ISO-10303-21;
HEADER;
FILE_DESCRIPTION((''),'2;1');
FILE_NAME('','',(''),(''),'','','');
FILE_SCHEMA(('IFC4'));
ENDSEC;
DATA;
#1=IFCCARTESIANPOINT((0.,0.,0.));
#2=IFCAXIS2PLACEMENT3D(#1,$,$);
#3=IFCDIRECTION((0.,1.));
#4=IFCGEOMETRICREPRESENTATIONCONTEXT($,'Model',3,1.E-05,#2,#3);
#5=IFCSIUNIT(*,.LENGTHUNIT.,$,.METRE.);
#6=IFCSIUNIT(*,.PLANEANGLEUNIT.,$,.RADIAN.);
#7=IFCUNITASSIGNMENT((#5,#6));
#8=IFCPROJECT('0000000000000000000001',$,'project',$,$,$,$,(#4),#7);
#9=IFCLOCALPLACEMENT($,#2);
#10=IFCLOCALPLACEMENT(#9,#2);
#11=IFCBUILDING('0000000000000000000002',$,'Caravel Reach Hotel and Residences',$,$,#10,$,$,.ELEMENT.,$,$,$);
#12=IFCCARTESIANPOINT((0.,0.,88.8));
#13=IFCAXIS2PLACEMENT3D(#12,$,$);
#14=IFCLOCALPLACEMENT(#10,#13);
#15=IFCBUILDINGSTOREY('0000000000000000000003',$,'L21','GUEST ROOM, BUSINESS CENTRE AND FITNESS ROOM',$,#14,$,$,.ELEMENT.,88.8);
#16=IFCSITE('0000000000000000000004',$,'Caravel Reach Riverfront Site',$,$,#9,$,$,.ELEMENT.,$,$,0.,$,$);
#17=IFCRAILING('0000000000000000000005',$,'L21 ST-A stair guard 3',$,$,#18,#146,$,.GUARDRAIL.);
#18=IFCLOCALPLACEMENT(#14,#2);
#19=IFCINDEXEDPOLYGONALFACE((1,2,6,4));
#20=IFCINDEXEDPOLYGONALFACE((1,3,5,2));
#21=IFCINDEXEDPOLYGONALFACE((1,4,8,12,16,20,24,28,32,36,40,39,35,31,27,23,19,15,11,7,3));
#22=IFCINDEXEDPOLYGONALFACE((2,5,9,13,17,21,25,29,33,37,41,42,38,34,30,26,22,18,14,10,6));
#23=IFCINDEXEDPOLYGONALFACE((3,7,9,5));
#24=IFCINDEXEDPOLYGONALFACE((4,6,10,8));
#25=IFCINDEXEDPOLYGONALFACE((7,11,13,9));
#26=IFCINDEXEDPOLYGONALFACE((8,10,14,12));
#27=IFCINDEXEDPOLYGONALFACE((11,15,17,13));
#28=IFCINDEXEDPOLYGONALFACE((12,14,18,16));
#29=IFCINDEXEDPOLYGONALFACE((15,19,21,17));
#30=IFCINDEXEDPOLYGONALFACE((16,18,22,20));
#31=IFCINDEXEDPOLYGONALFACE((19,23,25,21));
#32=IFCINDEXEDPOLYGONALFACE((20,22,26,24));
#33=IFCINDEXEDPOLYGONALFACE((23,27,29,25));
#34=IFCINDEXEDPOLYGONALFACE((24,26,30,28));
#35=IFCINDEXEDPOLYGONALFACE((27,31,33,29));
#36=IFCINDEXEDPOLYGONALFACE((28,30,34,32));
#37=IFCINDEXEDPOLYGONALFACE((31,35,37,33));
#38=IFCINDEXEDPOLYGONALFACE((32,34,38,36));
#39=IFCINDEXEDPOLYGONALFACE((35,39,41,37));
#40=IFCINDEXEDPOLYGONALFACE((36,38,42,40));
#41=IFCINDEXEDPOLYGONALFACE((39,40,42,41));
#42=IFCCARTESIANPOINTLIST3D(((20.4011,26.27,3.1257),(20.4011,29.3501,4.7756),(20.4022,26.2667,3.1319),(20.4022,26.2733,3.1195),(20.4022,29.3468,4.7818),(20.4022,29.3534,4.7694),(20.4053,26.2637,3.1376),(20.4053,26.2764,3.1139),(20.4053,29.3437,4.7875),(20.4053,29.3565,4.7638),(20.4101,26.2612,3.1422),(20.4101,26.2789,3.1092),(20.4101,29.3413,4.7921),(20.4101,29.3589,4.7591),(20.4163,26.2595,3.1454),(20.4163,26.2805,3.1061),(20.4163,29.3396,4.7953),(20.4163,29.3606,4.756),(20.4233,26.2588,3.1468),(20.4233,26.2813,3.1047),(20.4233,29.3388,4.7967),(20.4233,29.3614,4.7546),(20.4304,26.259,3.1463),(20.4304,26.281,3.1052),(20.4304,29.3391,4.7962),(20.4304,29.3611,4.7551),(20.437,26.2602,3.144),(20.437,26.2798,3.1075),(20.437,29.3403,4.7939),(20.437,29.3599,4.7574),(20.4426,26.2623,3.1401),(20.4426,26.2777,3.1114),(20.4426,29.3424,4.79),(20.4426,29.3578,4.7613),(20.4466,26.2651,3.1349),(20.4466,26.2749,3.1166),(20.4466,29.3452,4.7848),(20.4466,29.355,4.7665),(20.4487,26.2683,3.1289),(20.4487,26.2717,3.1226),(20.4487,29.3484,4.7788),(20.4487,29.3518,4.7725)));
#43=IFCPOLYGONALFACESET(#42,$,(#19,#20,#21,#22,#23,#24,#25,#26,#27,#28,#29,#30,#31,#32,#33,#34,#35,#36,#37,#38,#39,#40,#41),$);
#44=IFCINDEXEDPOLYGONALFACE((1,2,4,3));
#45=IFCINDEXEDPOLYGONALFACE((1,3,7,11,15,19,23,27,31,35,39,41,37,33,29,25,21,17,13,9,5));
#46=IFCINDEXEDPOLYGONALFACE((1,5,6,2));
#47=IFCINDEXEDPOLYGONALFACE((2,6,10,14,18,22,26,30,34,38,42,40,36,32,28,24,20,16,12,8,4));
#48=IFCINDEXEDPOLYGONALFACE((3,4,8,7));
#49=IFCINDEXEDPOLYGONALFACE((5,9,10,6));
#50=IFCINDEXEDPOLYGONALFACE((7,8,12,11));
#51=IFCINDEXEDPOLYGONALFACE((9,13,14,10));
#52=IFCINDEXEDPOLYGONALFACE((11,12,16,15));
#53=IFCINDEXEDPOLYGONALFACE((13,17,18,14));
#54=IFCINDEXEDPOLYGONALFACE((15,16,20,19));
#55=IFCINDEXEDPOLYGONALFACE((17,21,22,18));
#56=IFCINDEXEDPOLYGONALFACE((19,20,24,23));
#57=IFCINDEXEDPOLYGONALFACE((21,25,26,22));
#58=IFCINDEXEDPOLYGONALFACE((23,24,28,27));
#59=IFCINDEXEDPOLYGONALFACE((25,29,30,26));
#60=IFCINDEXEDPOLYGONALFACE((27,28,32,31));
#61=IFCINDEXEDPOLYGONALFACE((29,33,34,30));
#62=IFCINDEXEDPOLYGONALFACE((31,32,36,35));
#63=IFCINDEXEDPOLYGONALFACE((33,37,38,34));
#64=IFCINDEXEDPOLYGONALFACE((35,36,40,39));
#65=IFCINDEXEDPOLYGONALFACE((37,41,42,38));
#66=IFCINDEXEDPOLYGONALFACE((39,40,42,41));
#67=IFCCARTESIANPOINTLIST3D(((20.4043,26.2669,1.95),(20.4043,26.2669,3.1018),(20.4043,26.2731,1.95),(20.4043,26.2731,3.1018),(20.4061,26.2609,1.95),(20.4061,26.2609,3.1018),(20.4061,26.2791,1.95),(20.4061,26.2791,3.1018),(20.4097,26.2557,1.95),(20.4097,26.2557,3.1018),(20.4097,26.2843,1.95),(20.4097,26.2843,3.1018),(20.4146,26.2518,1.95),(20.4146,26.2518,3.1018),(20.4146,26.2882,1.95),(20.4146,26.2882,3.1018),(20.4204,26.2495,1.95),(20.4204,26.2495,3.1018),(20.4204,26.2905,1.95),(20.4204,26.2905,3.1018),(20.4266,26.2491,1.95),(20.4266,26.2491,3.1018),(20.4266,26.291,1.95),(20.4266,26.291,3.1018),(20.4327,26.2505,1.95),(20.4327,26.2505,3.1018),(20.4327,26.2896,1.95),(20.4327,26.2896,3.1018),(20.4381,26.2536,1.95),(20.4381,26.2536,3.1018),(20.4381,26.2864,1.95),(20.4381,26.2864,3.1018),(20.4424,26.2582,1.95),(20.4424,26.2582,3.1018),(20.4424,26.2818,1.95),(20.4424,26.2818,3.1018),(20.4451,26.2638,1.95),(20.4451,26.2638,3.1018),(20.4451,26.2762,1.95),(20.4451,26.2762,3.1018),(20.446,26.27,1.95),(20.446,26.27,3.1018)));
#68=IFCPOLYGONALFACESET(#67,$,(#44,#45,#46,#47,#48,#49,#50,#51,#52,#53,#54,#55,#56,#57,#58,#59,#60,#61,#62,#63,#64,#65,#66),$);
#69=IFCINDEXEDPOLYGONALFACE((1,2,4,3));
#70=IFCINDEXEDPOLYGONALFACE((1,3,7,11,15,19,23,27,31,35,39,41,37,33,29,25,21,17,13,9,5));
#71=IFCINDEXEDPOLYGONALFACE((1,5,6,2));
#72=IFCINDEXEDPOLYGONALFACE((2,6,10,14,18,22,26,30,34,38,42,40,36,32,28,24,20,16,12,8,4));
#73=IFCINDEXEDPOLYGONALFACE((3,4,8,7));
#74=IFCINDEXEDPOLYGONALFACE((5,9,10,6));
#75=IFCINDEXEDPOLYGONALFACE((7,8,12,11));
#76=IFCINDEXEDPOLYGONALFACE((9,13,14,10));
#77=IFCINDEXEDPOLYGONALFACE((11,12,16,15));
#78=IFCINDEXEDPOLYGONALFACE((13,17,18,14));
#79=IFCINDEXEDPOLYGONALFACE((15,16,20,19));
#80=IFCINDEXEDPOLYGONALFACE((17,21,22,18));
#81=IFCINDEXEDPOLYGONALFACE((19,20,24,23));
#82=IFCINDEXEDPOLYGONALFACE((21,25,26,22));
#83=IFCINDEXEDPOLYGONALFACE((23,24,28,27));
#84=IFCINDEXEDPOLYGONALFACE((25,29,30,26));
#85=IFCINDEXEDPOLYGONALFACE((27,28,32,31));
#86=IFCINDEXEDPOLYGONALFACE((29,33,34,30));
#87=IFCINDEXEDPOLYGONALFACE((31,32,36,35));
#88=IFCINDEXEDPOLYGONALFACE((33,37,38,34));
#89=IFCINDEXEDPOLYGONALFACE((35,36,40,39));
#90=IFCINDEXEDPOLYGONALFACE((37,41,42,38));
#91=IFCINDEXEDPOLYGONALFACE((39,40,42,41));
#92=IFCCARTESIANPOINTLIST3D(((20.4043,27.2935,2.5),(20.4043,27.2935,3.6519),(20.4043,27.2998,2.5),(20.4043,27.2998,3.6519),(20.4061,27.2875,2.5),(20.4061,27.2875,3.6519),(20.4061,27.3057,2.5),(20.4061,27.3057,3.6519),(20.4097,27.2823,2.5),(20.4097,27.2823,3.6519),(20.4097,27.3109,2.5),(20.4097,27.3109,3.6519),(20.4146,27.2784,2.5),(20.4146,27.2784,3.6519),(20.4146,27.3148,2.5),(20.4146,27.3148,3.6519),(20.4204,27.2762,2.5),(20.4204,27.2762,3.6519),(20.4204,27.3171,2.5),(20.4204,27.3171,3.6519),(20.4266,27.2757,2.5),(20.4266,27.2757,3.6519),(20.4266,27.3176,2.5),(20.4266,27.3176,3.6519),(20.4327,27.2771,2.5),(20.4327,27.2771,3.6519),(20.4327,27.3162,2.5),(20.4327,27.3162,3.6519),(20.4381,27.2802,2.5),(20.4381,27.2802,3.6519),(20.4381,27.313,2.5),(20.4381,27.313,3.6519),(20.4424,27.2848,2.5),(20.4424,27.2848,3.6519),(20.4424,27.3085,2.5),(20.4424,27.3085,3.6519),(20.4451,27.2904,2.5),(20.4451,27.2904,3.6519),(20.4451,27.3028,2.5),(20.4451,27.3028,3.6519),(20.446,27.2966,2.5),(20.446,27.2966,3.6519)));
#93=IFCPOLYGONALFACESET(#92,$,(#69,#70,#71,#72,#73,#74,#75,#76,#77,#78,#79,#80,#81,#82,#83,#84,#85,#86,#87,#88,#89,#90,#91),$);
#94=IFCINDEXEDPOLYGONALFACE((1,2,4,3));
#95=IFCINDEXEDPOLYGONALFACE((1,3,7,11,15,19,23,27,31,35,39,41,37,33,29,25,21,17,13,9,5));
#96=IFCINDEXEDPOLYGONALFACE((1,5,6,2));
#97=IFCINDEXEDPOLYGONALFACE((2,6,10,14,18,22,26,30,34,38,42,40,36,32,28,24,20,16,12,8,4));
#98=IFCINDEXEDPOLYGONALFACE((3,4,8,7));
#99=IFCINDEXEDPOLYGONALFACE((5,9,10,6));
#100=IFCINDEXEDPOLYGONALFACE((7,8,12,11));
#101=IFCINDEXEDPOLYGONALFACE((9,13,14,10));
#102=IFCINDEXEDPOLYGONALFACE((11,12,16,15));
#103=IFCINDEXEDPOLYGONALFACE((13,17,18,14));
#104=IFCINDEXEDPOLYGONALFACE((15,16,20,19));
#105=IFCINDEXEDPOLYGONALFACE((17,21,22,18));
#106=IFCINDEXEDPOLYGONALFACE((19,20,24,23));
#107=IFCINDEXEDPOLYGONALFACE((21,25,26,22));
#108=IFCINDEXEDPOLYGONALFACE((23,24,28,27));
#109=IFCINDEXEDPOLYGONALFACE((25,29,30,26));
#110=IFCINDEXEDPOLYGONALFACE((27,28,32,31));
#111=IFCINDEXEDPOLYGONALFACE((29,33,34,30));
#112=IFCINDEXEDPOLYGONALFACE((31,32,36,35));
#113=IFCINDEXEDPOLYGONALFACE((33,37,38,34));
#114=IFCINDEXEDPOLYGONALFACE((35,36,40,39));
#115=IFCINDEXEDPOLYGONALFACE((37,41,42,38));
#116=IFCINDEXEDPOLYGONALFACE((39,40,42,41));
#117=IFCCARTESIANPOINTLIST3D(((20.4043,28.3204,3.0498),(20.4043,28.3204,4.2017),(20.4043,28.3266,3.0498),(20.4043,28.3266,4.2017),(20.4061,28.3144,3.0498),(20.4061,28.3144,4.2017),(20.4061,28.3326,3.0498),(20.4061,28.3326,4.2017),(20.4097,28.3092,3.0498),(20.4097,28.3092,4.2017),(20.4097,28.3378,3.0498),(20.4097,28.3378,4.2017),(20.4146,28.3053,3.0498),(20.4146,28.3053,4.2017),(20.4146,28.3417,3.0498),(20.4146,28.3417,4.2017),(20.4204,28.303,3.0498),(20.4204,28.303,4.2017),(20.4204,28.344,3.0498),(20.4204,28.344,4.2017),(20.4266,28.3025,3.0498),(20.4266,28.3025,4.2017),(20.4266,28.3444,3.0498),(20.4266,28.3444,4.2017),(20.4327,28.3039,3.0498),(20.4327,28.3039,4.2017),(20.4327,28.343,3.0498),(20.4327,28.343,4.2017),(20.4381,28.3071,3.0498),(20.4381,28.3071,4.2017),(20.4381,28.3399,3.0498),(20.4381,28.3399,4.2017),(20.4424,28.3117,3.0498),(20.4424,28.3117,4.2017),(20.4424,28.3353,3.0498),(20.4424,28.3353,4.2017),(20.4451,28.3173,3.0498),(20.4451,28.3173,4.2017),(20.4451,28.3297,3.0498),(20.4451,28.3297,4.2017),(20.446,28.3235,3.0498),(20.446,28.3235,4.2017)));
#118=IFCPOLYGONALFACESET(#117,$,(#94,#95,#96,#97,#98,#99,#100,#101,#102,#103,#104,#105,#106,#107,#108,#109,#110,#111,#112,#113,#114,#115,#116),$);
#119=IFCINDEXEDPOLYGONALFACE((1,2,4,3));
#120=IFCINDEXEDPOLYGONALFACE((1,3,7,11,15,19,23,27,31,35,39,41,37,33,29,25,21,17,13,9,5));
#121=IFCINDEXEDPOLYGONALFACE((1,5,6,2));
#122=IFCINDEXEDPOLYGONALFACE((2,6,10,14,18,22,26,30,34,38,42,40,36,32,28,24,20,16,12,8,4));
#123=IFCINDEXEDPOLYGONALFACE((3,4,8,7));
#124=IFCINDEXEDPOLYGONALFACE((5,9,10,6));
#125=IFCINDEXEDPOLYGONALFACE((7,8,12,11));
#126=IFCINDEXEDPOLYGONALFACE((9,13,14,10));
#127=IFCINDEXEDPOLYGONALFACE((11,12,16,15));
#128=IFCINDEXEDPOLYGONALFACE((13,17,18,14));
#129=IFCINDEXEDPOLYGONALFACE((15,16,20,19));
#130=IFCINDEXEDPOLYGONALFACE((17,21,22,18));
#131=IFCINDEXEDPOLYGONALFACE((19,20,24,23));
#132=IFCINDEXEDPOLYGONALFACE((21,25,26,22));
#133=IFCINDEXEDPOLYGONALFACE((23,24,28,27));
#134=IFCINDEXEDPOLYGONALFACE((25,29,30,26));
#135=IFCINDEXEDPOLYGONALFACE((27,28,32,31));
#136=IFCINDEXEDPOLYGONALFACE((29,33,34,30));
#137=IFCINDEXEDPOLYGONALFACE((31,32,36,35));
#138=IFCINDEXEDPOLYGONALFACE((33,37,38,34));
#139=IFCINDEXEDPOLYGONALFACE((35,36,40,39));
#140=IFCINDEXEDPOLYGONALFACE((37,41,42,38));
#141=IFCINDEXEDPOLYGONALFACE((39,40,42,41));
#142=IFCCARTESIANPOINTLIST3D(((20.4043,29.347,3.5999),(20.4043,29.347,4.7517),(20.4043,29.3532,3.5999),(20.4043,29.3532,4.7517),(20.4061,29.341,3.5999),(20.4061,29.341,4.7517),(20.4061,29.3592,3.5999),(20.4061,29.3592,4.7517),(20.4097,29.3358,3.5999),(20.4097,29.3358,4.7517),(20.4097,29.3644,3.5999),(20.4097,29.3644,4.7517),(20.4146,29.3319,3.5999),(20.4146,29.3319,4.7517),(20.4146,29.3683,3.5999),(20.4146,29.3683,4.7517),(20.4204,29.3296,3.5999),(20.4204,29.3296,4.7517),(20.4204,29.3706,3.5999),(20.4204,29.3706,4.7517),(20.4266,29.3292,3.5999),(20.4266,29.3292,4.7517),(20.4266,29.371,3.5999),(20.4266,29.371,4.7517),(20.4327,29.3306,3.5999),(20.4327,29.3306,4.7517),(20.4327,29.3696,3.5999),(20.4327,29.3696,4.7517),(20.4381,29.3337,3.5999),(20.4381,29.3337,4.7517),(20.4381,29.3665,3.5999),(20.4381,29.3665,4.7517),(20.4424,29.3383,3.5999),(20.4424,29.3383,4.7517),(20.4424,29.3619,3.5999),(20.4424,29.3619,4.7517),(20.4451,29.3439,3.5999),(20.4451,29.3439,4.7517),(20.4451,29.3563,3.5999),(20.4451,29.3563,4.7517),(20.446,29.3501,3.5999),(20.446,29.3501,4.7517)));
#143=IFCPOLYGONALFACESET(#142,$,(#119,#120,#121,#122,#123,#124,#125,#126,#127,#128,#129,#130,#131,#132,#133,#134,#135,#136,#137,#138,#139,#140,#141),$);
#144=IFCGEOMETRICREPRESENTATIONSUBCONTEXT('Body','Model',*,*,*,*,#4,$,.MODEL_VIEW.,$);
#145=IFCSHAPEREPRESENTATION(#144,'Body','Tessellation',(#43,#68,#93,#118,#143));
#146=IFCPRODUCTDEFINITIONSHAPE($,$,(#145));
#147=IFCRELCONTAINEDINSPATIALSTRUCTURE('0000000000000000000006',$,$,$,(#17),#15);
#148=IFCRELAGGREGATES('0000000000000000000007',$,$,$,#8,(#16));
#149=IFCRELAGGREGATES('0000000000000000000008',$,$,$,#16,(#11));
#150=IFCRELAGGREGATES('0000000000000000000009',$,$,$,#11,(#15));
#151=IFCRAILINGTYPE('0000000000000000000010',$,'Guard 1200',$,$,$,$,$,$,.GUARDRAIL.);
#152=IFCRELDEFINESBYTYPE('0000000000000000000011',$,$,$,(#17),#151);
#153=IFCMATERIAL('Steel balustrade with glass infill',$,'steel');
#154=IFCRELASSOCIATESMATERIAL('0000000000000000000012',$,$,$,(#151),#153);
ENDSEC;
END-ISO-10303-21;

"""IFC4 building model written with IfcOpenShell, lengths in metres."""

from ifc_helpers import new_model, si_unit, direction, frame, origin, origin_2d, place, context, subcontext, project, spatial, circle, extrude, material, type_object, element, save


model = new_model("IFC4")

# Units and contexts
model_context = context("Model", 3, precision=1e-05, world=origin(), true_north=direction((0.0, 1.0)))
body_context = subcontext(model_context, "Body", "Model", "MODEL_VIEW")
ifc_project = project(units=[si_unit("LENGTHUNIT", "METRE"), si_unit("PLANEANGLEUNIT", "RADIAN")], contexts=[model_context])

# Site, building, storey
site_placement = place(None, origin())
site = spatial("IfcSite", under=ifc_project, at=site_placement, Name="Caravel Reach Riverfront Site", CompositionType="ELEMENT", RefElevation=0.0)
building_placement = place(site_placement, origin())
building = spatial("IfcBuilding", under=site, at=building_placement, Name="Caravel Reach Hotel and Residences", CompositionType="ELEMENT")
storey_placement = place(building_placement, frame((0.0, 0.0, 88.8)))
storey = spatial("IfcBuildingStorey", under=building, at=storey_placement, Name="L21", Description="GUEST ROOM, BUSINESS CENTRE AND FITNESS ROOM", CompositionType="ELEMENT", Elevation=88.8)

# Railing
ifc_material_1 = material(Name="Steel balustrade with glass infill", Category="steel")
railing_type_1 = type_object("IfcRailingType", Name="Guard 1200", PredefinedType="GUARDRAIL", material=ifc_material_1)
railing_1_placement = place(storey_placement, frame((20.425, 26.27, 1.95)))
element("IfcRailing", 1, at=railing_1_placement, inside=storey, type_object=railing_type_1, Name="L21 ST-A stair guard 3", PredefinedType="GUARDRAIL", context=body_context, shape_type="SweptSolid", body=[
    extrude(circle(Radius=0.0239, at=origin_2d()), frame((0.0, 0.0, 1.1758), z_axis=(0.0, 0.881497, 0.47219), x_axis=(-1.0, 0.0, 0.0)), (0.0, 0.0, 1.0), 3.4941),
    extrude(circle(Radius=0.021, at=origin_2d()), origin(), (0.0, 0.0, 1.0), 1.1519),
    extrude(circle(Radius=0.021, at=origin_2d()), frame((0.0, 1.0266, 0.55)), (0.0, 0.0, 1.0), 1.1519),
    extrude(circle(Radius=0.021, at=origin_2d()), frame((0.0, 2.0535, 1.0999)), (0.0, 0.0, 1.0), 1.1519),
    extrude(circle(Radius=0.021, at=origin_2d()), frame((0.0, 3.0801, 1.6499)), (0.0, 0.0, 1.0), 1.1519),
])

save(model, "model.ifc")
